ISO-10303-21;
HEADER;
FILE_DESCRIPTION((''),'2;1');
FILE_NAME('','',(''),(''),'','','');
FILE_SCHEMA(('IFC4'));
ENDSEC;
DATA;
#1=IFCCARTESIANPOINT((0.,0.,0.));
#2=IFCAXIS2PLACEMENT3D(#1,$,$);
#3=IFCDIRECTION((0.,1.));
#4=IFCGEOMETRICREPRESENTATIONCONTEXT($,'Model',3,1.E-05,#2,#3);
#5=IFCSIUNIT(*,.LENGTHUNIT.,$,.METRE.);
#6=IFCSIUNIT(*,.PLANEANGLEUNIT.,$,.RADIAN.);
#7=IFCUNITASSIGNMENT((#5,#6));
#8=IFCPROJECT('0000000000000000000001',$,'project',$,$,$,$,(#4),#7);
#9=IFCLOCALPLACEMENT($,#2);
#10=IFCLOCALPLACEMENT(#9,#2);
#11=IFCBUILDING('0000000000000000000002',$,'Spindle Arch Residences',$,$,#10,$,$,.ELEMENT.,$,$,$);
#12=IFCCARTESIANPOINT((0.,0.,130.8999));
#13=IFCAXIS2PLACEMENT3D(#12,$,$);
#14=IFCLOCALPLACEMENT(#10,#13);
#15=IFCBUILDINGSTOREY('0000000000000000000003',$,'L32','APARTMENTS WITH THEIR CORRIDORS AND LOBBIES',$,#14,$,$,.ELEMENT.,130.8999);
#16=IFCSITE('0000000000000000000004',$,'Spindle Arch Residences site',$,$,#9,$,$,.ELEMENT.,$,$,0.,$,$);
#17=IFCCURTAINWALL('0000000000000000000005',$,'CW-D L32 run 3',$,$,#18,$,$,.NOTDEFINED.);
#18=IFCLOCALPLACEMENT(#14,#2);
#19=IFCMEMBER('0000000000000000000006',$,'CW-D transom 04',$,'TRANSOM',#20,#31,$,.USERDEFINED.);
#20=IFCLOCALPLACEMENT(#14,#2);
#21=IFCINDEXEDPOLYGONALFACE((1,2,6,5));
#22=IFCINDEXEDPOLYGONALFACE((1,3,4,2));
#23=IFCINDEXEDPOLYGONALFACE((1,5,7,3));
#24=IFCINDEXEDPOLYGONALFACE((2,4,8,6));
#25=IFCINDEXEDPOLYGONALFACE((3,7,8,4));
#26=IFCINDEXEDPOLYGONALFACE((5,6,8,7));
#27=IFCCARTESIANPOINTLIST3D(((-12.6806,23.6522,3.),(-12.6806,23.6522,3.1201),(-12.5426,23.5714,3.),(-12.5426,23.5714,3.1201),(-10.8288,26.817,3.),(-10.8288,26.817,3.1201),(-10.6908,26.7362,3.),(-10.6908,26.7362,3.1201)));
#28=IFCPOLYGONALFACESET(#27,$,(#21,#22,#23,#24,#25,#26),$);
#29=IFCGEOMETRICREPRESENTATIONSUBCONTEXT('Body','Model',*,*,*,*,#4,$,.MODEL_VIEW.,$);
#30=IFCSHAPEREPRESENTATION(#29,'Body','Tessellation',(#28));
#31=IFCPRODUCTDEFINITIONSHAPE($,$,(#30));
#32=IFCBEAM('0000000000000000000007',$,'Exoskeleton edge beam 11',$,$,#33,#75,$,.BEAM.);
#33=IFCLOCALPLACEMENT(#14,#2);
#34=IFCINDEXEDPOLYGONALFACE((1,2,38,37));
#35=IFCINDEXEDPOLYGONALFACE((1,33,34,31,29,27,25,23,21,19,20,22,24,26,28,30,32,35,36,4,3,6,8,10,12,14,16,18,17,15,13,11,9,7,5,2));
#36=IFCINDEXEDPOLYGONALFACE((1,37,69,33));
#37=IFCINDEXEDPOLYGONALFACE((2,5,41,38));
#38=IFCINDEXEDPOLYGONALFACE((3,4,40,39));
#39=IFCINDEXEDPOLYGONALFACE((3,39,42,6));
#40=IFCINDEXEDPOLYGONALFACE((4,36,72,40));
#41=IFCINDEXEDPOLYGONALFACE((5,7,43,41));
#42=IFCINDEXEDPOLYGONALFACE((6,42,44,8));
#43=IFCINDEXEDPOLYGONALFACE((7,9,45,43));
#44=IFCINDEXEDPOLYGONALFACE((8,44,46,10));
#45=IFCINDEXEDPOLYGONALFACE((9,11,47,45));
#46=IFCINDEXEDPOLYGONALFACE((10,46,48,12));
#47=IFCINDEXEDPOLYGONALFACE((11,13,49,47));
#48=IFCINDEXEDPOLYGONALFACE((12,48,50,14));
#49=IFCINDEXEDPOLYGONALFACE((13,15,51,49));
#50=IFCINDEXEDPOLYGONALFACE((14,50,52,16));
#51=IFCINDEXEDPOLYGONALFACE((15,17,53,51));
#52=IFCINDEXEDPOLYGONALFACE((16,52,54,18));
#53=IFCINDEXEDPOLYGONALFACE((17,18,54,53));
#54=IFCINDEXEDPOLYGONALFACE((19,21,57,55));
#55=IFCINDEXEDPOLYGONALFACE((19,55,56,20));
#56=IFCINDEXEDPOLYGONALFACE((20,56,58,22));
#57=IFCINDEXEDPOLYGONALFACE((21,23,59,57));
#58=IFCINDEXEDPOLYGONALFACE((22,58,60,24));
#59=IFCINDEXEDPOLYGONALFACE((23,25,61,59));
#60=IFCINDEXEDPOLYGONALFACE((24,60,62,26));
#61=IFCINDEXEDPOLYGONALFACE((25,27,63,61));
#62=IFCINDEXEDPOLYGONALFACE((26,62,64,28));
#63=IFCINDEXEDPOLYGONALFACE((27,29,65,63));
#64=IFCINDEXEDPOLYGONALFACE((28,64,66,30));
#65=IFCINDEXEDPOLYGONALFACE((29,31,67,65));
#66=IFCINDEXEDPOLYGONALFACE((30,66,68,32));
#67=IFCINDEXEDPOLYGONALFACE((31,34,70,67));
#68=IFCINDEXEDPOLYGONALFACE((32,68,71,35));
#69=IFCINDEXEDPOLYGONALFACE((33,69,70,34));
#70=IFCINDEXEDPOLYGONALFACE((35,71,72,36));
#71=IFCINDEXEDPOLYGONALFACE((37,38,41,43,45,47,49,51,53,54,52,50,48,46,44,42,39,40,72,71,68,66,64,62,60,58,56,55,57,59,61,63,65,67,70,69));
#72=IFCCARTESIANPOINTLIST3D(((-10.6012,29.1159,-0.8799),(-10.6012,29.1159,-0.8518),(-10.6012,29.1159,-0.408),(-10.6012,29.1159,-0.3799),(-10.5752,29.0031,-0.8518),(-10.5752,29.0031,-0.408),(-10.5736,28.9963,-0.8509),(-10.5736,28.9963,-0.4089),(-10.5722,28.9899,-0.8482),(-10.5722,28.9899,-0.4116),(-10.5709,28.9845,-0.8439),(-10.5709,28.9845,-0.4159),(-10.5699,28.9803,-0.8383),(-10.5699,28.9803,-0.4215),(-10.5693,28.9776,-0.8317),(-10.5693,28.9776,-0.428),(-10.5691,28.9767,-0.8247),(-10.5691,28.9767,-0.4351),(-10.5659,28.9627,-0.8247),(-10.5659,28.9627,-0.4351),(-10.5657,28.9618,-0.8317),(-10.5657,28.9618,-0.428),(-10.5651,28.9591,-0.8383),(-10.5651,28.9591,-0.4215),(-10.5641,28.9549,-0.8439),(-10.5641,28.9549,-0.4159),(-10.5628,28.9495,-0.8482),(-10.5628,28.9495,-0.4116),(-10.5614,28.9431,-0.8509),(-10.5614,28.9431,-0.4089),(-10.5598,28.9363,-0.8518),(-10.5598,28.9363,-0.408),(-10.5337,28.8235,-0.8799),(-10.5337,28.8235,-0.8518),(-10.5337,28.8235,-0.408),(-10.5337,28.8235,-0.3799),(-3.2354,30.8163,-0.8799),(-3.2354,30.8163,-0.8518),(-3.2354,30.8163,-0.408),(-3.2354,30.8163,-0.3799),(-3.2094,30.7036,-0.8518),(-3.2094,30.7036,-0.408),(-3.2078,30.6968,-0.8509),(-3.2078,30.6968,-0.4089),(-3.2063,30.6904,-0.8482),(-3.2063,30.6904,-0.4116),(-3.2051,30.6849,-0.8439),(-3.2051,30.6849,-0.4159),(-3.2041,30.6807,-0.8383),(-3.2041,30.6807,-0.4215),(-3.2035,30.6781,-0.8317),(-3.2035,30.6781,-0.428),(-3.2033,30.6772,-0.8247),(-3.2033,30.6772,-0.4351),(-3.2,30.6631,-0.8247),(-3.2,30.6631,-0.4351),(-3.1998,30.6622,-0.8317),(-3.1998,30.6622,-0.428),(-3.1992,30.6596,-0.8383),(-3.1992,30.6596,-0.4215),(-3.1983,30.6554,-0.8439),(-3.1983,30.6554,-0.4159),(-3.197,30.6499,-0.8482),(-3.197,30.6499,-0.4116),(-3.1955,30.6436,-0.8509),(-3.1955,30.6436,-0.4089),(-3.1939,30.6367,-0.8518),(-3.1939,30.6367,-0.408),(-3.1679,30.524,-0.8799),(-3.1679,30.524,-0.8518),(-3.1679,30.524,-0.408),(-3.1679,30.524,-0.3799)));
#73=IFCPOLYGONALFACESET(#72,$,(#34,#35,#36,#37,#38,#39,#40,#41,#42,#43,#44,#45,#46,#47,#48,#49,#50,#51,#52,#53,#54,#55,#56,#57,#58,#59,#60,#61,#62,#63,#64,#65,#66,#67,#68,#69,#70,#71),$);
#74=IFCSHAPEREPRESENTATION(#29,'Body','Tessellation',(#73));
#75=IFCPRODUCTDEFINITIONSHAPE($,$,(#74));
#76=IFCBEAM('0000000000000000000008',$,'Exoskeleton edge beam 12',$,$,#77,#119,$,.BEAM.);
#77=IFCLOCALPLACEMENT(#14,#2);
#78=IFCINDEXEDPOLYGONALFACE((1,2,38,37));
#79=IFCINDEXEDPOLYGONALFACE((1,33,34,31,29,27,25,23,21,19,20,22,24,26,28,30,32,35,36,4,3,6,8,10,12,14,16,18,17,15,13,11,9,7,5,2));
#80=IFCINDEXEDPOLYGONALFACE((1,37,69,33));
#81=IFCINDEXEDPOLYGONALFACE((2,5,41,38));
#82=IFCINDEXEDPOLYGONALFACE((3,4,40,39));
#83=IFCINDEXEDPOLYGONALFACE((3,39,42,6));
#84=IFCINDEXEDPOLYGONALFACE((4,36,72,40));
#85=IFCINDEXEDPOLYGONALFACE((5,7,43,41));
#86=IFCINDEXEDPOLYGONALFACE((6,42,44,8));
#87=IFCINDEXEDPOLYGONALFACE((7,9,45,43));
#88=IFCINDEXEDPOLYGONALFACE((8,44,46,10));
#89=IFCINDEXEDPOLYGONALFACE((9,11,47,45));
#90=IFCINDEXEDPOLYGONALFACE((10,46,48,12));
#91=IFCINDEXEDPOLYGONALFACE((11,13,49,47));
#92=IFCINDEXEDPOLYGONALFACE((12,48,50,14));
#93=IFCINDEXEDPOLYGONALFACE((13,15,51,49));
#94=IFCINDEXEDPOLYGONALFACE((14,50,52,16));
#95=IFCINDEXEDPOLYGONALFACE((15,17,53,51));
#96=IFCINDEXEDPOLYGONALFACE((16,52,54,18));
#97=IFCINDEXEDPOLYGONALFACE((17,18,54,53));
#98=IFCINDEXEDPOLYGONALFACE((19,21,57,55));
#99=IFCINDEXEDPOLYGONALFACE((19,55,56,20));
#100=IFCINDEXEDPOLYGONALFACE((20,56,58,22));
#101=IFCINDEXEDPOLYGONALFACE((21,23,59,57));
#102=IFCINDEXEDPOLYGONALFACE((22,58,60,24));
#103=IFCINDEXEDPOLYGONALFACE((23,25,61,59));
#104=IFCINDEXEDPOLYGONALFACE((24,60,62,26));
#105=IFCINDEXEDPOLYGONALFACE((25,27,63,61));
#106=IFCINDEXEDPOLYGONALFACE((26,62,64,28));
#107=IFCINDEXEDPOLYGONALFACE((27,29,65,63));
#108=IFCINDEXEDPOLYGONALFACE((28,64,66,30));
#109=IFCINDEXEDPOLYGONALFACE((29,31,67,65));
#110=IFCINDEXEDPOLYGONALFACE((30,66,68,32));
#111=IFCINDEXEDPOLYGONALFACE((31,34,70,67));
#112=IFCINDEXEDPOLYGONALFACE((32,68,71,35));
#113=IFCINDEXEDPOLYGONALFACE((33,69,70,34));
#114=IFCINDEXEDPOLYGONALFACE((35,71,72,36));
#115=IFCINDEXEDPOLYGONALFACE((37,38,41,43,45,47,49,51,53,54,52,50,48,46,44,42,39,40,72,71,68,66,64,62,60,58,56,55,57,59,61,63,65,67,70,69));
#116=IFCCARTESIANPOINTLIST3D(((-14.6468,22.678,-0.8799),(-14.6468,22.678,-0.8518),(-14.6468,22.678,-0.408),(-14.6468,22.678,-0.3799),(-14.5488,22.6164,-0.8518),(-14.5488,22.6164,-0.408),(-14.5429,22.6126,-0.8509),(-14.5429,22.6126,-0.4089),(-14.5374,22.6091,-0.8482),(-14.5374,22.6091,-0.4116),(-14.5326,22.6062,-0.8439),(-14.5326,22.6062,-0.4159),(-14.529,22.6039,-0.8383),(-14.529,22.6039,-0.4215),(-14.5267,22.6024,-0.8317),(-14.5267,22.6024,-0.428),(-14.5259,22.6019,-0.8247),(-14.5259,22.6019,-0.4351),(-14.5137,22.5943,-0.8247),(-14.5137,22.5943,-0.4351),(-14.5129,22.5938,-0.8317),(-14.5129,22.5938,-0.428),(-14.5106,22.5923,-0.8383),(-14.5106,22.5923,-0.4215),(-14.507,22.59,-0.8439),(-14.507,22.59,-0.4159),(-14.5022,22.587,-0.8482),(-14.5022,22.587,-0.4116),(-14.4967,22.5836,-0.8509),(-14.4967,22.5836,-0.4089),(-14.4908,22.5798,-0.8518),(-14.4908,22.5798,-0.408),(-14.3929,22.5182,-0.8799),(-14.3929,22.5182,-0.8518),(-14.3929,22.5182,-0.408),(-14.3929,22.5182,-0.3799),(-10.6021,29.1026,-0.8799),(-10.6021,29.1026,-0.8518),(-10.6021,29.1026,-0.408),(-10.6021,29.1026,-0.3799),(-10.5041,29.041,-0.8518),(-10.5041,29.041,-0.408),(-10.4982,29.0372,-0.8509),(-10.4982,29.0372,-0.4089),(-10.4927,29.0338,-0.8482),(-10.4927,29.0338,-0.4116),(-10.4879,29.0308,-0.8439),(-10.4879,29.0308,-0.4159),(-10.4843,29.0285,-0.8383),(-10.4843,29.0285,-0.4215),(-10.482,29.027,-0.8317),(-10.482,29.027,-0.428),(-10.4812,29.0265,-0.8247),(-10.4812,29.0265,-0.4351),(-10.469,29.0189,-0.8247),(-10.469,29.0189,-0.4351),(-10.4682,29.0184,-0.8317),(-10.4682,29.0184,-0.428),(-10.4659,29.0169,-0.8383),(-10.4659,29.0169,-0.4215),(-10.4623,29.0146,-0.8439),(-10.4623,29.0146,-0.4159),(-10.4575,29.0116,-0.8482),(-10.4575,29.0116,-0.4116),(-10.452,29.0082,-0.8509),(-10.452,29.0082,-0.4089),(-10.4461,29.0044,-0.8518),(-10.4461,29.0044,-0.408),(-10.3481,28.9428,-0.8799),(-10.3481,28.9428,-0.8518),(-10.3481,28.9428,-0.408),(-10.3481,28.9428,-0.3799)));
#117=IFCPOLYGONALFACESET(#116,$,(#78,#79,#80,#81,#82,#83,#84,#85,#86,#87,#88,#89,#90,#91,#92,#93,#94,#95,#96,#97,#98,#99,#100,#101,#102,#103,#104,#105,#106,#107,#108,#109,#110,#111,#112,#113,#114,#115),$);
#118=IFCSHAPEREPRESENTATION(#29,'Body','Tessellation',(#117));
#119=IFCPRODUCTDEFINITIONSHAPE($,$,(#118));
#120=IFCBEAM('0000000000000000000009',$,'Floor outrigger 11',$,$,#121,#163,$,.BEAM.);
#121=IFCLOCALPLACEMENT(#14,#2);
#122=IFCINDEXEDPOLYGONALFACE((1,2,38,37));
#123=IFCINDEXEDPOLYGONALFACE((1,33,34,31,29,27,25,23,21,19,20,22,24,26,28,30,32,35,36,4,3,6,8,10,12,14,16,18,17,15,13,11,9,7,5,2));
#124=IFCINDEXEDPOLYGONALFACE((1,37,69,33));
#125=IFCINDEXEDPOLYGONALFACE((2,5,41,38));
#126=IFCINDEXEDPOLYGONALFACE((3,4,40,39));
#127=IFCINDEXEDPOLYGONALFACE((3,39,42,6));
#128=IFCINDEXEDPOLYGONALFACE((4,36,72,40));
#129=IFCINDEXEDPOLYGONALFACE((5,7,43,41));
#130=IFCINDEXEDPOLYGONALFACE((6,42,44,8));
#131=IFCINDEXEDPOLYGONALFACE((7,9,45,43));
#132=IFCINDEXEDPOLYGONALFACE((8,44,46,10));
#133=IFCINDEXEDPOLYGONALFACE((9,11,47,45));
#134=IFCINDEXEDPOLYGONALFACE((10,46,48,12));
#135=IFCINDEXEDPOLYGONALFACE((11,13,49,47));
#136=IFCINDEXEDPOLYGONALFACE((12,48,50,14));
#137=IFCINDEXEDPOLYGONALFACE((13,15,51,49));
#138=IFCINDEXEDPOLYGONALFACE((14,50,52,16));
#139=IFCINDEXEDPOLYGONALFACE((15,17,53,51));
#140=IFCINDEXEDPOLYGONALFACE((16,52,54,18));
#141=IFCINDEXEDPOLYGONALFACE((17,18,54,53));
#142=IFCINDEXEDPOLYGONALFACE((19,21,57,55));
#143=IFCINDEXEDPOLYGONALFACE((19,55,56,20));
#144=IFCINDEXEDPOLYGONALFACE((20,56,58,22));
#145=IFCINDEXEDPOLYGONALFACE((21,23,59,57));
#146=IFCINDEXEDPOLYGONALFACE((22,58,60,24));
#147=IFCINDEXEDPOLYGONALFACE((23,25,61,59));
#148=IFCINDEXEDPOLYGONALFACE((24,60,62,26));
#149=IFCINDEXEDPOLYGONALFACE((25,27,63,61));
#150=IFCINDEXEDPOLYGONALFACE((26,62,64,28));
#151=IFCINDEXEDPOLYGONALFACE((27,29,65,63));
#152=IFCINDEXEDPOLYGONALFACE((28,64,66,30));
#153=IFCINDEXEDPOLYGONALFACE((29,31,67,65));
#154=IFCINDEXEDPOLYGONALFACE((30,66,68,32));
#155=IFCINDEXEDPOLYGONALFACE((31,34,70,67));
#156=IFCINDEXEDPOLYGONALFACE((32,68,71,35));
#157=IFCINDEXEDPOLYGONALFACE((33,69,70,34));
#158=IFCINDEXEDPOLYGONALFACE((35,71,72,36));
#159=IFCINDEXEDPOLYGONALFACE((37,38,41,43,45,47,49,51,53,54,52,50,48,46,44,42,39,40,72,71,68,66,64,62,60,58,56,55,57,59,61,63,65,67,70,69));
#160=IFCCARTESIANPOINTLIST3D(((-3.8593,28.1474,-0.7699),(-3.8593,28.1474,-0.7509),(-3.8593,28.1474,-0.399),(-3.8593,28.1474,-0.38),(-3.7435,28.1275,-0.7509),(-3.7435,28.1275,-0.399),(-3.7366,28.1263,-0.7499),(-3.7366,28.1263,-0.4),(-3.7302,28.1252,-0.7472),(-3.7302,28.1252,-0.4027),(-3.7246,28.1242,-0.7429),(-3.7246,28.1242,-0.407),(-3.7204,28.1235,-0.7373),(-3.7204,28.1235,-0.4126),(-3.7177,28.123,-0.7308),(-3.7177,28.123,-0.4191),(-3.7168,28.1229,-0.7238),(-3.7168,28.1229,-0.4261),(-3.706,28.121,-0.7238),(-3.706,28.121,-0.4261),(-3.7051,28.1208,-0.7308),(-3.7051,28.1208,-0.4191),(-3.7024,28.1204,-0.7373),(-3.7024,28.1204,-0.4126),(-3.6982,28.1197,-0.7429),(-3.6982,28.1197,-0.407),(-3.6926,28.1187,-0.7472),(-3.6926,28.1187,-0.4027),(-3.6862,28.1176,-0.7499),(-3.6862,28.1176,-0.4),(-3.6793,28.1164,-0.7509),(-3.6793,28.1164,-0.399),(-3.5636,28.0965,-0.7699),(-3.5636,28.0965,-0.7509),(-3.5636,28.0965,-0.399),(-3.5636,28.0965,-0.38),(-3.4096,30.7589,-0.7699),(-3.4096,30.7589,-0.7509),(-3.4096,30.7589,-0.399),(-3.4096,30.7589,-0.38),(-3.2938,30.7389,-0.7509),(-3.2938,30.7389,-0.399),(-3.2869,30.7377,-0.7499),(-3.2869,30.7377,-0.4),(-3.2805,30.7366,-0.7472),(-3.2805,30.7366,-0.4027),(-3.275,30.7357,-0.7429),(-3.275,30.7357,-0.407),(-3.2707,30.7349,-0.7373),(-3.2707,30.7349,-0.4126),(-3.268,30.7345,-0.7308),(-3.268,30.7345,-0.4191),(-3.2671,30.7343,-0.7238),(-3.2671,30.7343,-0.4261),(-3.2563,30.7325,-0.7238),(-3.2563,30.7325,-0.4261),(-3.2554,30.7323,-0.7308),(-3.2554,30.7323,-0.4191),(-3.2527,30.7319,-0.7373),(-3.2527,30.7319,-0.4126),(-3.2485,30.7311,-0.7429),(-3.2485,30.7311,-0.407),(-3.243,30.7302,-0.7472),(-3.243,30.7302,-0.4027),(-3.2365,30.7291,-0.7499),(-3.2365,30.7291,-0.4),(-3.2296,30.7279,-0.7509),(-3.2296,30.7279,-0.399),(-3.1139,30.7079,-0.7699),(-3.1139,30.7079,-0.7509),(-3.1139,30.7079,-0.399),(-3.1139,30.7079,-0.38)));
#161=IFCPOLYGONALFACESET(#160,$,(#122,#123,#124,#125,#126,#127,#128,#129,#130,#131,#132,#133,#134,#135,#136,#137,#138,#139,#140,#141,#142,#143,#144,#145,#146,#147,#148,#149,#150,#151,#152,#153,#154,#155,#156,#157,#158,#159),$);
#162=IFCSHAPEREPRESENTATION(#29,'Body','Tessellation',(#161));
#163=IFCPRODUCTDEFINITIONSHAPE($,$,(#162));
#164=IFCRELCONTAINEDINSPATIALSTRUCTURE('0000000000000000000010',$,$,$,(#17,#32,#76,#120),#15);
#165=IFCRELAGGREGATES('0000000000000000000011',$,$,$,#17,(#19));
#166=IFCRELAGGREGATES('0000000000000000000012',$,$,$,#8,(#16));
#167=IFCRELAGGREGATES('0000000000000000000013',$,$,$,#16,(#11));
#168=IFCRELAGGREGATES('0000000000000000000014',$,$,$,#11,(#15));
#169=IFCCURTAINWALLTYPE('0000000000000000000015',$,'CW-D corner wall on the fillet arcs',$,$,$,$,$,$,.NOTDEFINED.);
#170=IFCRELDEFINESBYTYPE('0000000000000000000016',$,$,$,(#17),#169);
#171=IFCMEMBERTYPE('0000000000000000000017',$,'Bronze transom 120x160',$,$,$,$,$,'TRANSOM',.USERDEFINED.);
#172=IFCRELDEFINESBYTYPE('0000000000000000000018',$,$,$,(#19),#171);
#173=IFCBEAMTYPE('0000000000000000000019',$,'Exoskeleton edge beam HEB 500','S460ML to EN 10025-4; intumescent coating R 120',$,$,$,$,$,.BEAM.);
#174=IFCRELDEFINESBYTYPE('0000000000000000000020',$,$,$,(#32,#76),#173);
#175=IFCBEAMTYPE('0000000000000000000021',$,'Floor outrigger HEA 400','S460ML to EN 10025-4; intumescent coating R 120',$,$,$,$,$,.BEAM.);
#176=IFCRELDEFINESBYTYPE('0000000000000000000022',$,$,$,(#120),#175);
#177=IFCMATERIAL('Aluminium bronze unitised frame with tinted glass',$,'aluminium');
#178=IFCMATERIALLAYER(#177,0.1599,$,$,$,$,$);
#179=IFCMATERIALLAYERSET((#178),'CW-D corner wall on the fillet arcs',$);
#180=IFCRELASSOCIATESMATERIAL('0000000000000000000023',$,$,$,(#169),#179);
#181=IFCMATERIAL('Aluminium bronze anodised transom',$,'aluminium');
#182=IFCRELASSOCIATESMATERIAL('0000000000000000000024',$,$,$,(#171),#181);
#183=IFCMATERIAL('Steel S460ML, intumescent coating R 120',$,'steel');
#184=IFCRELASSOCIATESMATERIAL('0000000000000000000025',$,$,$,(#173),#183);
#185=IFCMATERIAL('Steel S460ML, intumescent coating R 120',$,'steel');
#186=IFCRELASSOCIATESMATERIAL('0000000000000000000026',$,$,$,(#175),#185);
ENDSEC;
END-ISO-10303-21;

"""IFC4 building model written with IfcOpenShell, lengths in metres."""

from ifc_helpers import new_model, si_unit, direction, frame, origin, origin_2d, place, context, subcontext, project, spatial, rectangle, i_section, extrude, material, layer, layer_set, material_profile, profile_set, type_object, element, aggregate, save


model = new_model("IFC4")

# Units and contexts
model_context = context("Model", 3, precision=1e-05, world=origin(), true_north=direction((0.0, 1.0)))
body_context = subcontext(model_context, "Body", "Model", "MODEL_VIEW")
ifc_project = project(units=[si_unit("LENGTHUNIT", "METRE"), si_unit("PLANEANGLEUNIT", "RADIAN")], contexts=[model_context])

# Site, building, storey
site_placement = place(None, origin())
site = spatial("IfcSite", under=ifc_project, at=site_placement, Name="Spindle Arch Residences site", CompositionType="ELEMENT", RefElevation=0.0)
building_placement = place(site_placement, origin())
building = spatial("IfcBuilding", under=site, at=building_placement, Name="Spindle Arch Residences", CompositionType="ELEMENT")
storey_placement = place(building_placement, frame((0.0, 0.0, 130.8999)))
storey = spatial("IfcBuildingStorey", under=building, at=storey_placement, Name="L32", Description="APARTMENTS WITH THEIR CORRIDORS AND LOBBIES", CompositionType="ELEMENT", Elevation=130.8999)

# Curtain wall, member
ifc_material_1 = material(Name="Aluminium bronze unitised frame with tinted glass", Category="aluminium")
ifc_layer_1 = layer(ifc_material_1, 0.1599)
ifc_layer_set_1 = layer_set([ifc_layer_1], Name="CW-D corner wall on the fillet arcs")
curtain_wall_type = type_object("IfcCurtainWallType", Name="CW-D corner wall on the fillet arcs", PredefinedType="NOTDEFINED", material=ifc_layer_set_1)
curtain_wall_placement = place(storey_placement, origin())
curtain_wall = element("IfcCurtainWall", 1, at=curtain_wall_placement, inside=storey, type_object=curtain_wall_type, Name="CW-D L32 run 3", PredefinedType="NOTDEFINED")
ifc_material_2 = material(Name="Aluminium bronze anodised transom", Category="aluminium")
ifc_material_profile_1 = material_profile(ifc_material_2, rectangle(XDim=0.1599, YDim=0.1201, at=origin_2d()), Name="TR 120x160")
ifc_profile_set_1 = profile_set([ifc_material_profile_1], Name="Aluminium bronze anodised transom")
member_type_1 = type_object("IfcMemberType", Name="Bronze transom 120x160", ElementType="TRANSOM", PredefinedType="USERDEFINED", material=ifc_profile_set_1)
member_1_placement = place(storey_placement, frame((-10.7598, 26.7766, 3.0601), z_axis=(-0.505026, -0.863104, 0.0), x_axis=(0.863104, -0.505026, 0.0)))
member_1 = element("IfcMember", 2, at=member_1_placement, type_object=member_type_1, Name="CW-D transom 04", ObjectType="TRANSOM", PredefinedType="USERDEFINED", context=body_context, shape_type="SweptSolid", body=[
    extrude(rectangle(XDim=0.1599, YDim=0.1201, at=origin_2d()), origin(), (0.0, 0.0, 1.0), 3.6667),
])

# Beams
ifc_material_3 = material(Name="Steel S460ML, intumescent coating R 120", Category="steel")
ifc_material_profile_2 = material_profile(ifc_material_3, i_section(OverallWidth=0.3, OverallDepth=0.5, WebThickness=0.0144, FlangeThickness=0.0281, FilletRadius=0.0271, at=origin_2d()), Name="HEB 500")
ifc_profile_set_2 = profile_set([ifc_material_profile_2], Name="Steel S460ML, intumescent coating R 120")
beam_type_1 = type_object("IfcBeamType", Name="Exoskeleton edge beam HEB 500", Description="S460ML to EN 10025-4; intumescent coating R 120", PredefinedType="BEAM", material=ifc_profile_set_2)
beam_1_placement = place(storey_placement, frame((-3.2017, 30.6702, -0.6299), z_axis=(-0.974372, -0.224942, 0.0), x_axis=(0.224942, -0.974372, 0.0)))
element("IfcBeam", 3, at=beam_1_placement, inside=storey, type_object=beam_type_1, Name="Exoskeleton edge beam 11", PredefinedType="BEAM", context=body_context, shape_type="SweptSolid", body=[
    extrude(i_section(OverallWidth=0.3, OverallDepth=0.5, WebThickness=0.0144, FlangeThickness=0.0281, FilletRadius=0.0271, at=origin_2d()), origin(), (0.0, 0.0, 1.0), 7.5596),
])
beam_2_placement = place(storey_placement, frame((-10.4751, 29.0227, -0.6299), z_axis=(-0.532774, -0.846258, 0.0), x_axis=(0.846258, -0.532774, 0.0)))
element("IfcBeam", 4, at=beam_2_placement, inside=storey, type_object=beam_type_1, Name="Exoskeleton edge beam 12", PredefinedType="BEAM", context=body_context, shape_type="SweptSolid", body=[
    extrude(i_section(OverallWidth=0.3, OverallDepth=0.5, WebThickness=0.0144, FlangeThickness=0.0281, FilletRadius=0.0271, at=origin_2d()), origin(), (0.0, 0.0, 1.0), 7.5918),
])
ifc_material_4 = material(Name="Steel S460ML, intumescent coating R 120", Category="steel")
ifc_material_profile_3 = material_profile(ifc_material_4, i_section(OverallWidth=0.3, OverallDepth=0.3899, WebThickness=0.011, FlangeThickness=0.019, FilletRadius=0.0271, at=origin_2d()), Name="HEA 400")
ifc_profile_set_3 = profile_set([ifc_material_profile_3], Name="Steel S460ML, intumescent coating R 120")
beam_type_2 = type_object("IfcBeamType", Name="Floor outrigger HEA 400", Description="S460ML to EN 10025-4; intumescent coating R 120", PredefinedType="BEAM", material=ifc_profile_set_3)
for number, where, z_axis, x_axis, name in (
    (5, (-3.2617, 30.7334, -0.575), (-0.1697, -0.985496, 0.0), (0.985496, -0.1697, 0.0), "Floor outrigger 11"),
):
    element("IfcBeam", number, at=place(storey_placement, frame(where, z_axis=z_axis, x_axis=x_axis)), inside=storey, type_object=beam_type_2, Name=name, PredefinedType="BEAM", context=body_context, shape_type="SweptSolid", body=[
        extrude(i_section(OverallWidth=0.3, OverallDepth=0.3899, WebThickness=0.011, FlangeThickness=0.019, FilletRadius=0.0271, at=origin_2d()), origin(), (0.0, 0.0, 1.0), 2.6499),
    ])

aggregate(curtain_wall, [member_1])

save(model, "model.ifc")
